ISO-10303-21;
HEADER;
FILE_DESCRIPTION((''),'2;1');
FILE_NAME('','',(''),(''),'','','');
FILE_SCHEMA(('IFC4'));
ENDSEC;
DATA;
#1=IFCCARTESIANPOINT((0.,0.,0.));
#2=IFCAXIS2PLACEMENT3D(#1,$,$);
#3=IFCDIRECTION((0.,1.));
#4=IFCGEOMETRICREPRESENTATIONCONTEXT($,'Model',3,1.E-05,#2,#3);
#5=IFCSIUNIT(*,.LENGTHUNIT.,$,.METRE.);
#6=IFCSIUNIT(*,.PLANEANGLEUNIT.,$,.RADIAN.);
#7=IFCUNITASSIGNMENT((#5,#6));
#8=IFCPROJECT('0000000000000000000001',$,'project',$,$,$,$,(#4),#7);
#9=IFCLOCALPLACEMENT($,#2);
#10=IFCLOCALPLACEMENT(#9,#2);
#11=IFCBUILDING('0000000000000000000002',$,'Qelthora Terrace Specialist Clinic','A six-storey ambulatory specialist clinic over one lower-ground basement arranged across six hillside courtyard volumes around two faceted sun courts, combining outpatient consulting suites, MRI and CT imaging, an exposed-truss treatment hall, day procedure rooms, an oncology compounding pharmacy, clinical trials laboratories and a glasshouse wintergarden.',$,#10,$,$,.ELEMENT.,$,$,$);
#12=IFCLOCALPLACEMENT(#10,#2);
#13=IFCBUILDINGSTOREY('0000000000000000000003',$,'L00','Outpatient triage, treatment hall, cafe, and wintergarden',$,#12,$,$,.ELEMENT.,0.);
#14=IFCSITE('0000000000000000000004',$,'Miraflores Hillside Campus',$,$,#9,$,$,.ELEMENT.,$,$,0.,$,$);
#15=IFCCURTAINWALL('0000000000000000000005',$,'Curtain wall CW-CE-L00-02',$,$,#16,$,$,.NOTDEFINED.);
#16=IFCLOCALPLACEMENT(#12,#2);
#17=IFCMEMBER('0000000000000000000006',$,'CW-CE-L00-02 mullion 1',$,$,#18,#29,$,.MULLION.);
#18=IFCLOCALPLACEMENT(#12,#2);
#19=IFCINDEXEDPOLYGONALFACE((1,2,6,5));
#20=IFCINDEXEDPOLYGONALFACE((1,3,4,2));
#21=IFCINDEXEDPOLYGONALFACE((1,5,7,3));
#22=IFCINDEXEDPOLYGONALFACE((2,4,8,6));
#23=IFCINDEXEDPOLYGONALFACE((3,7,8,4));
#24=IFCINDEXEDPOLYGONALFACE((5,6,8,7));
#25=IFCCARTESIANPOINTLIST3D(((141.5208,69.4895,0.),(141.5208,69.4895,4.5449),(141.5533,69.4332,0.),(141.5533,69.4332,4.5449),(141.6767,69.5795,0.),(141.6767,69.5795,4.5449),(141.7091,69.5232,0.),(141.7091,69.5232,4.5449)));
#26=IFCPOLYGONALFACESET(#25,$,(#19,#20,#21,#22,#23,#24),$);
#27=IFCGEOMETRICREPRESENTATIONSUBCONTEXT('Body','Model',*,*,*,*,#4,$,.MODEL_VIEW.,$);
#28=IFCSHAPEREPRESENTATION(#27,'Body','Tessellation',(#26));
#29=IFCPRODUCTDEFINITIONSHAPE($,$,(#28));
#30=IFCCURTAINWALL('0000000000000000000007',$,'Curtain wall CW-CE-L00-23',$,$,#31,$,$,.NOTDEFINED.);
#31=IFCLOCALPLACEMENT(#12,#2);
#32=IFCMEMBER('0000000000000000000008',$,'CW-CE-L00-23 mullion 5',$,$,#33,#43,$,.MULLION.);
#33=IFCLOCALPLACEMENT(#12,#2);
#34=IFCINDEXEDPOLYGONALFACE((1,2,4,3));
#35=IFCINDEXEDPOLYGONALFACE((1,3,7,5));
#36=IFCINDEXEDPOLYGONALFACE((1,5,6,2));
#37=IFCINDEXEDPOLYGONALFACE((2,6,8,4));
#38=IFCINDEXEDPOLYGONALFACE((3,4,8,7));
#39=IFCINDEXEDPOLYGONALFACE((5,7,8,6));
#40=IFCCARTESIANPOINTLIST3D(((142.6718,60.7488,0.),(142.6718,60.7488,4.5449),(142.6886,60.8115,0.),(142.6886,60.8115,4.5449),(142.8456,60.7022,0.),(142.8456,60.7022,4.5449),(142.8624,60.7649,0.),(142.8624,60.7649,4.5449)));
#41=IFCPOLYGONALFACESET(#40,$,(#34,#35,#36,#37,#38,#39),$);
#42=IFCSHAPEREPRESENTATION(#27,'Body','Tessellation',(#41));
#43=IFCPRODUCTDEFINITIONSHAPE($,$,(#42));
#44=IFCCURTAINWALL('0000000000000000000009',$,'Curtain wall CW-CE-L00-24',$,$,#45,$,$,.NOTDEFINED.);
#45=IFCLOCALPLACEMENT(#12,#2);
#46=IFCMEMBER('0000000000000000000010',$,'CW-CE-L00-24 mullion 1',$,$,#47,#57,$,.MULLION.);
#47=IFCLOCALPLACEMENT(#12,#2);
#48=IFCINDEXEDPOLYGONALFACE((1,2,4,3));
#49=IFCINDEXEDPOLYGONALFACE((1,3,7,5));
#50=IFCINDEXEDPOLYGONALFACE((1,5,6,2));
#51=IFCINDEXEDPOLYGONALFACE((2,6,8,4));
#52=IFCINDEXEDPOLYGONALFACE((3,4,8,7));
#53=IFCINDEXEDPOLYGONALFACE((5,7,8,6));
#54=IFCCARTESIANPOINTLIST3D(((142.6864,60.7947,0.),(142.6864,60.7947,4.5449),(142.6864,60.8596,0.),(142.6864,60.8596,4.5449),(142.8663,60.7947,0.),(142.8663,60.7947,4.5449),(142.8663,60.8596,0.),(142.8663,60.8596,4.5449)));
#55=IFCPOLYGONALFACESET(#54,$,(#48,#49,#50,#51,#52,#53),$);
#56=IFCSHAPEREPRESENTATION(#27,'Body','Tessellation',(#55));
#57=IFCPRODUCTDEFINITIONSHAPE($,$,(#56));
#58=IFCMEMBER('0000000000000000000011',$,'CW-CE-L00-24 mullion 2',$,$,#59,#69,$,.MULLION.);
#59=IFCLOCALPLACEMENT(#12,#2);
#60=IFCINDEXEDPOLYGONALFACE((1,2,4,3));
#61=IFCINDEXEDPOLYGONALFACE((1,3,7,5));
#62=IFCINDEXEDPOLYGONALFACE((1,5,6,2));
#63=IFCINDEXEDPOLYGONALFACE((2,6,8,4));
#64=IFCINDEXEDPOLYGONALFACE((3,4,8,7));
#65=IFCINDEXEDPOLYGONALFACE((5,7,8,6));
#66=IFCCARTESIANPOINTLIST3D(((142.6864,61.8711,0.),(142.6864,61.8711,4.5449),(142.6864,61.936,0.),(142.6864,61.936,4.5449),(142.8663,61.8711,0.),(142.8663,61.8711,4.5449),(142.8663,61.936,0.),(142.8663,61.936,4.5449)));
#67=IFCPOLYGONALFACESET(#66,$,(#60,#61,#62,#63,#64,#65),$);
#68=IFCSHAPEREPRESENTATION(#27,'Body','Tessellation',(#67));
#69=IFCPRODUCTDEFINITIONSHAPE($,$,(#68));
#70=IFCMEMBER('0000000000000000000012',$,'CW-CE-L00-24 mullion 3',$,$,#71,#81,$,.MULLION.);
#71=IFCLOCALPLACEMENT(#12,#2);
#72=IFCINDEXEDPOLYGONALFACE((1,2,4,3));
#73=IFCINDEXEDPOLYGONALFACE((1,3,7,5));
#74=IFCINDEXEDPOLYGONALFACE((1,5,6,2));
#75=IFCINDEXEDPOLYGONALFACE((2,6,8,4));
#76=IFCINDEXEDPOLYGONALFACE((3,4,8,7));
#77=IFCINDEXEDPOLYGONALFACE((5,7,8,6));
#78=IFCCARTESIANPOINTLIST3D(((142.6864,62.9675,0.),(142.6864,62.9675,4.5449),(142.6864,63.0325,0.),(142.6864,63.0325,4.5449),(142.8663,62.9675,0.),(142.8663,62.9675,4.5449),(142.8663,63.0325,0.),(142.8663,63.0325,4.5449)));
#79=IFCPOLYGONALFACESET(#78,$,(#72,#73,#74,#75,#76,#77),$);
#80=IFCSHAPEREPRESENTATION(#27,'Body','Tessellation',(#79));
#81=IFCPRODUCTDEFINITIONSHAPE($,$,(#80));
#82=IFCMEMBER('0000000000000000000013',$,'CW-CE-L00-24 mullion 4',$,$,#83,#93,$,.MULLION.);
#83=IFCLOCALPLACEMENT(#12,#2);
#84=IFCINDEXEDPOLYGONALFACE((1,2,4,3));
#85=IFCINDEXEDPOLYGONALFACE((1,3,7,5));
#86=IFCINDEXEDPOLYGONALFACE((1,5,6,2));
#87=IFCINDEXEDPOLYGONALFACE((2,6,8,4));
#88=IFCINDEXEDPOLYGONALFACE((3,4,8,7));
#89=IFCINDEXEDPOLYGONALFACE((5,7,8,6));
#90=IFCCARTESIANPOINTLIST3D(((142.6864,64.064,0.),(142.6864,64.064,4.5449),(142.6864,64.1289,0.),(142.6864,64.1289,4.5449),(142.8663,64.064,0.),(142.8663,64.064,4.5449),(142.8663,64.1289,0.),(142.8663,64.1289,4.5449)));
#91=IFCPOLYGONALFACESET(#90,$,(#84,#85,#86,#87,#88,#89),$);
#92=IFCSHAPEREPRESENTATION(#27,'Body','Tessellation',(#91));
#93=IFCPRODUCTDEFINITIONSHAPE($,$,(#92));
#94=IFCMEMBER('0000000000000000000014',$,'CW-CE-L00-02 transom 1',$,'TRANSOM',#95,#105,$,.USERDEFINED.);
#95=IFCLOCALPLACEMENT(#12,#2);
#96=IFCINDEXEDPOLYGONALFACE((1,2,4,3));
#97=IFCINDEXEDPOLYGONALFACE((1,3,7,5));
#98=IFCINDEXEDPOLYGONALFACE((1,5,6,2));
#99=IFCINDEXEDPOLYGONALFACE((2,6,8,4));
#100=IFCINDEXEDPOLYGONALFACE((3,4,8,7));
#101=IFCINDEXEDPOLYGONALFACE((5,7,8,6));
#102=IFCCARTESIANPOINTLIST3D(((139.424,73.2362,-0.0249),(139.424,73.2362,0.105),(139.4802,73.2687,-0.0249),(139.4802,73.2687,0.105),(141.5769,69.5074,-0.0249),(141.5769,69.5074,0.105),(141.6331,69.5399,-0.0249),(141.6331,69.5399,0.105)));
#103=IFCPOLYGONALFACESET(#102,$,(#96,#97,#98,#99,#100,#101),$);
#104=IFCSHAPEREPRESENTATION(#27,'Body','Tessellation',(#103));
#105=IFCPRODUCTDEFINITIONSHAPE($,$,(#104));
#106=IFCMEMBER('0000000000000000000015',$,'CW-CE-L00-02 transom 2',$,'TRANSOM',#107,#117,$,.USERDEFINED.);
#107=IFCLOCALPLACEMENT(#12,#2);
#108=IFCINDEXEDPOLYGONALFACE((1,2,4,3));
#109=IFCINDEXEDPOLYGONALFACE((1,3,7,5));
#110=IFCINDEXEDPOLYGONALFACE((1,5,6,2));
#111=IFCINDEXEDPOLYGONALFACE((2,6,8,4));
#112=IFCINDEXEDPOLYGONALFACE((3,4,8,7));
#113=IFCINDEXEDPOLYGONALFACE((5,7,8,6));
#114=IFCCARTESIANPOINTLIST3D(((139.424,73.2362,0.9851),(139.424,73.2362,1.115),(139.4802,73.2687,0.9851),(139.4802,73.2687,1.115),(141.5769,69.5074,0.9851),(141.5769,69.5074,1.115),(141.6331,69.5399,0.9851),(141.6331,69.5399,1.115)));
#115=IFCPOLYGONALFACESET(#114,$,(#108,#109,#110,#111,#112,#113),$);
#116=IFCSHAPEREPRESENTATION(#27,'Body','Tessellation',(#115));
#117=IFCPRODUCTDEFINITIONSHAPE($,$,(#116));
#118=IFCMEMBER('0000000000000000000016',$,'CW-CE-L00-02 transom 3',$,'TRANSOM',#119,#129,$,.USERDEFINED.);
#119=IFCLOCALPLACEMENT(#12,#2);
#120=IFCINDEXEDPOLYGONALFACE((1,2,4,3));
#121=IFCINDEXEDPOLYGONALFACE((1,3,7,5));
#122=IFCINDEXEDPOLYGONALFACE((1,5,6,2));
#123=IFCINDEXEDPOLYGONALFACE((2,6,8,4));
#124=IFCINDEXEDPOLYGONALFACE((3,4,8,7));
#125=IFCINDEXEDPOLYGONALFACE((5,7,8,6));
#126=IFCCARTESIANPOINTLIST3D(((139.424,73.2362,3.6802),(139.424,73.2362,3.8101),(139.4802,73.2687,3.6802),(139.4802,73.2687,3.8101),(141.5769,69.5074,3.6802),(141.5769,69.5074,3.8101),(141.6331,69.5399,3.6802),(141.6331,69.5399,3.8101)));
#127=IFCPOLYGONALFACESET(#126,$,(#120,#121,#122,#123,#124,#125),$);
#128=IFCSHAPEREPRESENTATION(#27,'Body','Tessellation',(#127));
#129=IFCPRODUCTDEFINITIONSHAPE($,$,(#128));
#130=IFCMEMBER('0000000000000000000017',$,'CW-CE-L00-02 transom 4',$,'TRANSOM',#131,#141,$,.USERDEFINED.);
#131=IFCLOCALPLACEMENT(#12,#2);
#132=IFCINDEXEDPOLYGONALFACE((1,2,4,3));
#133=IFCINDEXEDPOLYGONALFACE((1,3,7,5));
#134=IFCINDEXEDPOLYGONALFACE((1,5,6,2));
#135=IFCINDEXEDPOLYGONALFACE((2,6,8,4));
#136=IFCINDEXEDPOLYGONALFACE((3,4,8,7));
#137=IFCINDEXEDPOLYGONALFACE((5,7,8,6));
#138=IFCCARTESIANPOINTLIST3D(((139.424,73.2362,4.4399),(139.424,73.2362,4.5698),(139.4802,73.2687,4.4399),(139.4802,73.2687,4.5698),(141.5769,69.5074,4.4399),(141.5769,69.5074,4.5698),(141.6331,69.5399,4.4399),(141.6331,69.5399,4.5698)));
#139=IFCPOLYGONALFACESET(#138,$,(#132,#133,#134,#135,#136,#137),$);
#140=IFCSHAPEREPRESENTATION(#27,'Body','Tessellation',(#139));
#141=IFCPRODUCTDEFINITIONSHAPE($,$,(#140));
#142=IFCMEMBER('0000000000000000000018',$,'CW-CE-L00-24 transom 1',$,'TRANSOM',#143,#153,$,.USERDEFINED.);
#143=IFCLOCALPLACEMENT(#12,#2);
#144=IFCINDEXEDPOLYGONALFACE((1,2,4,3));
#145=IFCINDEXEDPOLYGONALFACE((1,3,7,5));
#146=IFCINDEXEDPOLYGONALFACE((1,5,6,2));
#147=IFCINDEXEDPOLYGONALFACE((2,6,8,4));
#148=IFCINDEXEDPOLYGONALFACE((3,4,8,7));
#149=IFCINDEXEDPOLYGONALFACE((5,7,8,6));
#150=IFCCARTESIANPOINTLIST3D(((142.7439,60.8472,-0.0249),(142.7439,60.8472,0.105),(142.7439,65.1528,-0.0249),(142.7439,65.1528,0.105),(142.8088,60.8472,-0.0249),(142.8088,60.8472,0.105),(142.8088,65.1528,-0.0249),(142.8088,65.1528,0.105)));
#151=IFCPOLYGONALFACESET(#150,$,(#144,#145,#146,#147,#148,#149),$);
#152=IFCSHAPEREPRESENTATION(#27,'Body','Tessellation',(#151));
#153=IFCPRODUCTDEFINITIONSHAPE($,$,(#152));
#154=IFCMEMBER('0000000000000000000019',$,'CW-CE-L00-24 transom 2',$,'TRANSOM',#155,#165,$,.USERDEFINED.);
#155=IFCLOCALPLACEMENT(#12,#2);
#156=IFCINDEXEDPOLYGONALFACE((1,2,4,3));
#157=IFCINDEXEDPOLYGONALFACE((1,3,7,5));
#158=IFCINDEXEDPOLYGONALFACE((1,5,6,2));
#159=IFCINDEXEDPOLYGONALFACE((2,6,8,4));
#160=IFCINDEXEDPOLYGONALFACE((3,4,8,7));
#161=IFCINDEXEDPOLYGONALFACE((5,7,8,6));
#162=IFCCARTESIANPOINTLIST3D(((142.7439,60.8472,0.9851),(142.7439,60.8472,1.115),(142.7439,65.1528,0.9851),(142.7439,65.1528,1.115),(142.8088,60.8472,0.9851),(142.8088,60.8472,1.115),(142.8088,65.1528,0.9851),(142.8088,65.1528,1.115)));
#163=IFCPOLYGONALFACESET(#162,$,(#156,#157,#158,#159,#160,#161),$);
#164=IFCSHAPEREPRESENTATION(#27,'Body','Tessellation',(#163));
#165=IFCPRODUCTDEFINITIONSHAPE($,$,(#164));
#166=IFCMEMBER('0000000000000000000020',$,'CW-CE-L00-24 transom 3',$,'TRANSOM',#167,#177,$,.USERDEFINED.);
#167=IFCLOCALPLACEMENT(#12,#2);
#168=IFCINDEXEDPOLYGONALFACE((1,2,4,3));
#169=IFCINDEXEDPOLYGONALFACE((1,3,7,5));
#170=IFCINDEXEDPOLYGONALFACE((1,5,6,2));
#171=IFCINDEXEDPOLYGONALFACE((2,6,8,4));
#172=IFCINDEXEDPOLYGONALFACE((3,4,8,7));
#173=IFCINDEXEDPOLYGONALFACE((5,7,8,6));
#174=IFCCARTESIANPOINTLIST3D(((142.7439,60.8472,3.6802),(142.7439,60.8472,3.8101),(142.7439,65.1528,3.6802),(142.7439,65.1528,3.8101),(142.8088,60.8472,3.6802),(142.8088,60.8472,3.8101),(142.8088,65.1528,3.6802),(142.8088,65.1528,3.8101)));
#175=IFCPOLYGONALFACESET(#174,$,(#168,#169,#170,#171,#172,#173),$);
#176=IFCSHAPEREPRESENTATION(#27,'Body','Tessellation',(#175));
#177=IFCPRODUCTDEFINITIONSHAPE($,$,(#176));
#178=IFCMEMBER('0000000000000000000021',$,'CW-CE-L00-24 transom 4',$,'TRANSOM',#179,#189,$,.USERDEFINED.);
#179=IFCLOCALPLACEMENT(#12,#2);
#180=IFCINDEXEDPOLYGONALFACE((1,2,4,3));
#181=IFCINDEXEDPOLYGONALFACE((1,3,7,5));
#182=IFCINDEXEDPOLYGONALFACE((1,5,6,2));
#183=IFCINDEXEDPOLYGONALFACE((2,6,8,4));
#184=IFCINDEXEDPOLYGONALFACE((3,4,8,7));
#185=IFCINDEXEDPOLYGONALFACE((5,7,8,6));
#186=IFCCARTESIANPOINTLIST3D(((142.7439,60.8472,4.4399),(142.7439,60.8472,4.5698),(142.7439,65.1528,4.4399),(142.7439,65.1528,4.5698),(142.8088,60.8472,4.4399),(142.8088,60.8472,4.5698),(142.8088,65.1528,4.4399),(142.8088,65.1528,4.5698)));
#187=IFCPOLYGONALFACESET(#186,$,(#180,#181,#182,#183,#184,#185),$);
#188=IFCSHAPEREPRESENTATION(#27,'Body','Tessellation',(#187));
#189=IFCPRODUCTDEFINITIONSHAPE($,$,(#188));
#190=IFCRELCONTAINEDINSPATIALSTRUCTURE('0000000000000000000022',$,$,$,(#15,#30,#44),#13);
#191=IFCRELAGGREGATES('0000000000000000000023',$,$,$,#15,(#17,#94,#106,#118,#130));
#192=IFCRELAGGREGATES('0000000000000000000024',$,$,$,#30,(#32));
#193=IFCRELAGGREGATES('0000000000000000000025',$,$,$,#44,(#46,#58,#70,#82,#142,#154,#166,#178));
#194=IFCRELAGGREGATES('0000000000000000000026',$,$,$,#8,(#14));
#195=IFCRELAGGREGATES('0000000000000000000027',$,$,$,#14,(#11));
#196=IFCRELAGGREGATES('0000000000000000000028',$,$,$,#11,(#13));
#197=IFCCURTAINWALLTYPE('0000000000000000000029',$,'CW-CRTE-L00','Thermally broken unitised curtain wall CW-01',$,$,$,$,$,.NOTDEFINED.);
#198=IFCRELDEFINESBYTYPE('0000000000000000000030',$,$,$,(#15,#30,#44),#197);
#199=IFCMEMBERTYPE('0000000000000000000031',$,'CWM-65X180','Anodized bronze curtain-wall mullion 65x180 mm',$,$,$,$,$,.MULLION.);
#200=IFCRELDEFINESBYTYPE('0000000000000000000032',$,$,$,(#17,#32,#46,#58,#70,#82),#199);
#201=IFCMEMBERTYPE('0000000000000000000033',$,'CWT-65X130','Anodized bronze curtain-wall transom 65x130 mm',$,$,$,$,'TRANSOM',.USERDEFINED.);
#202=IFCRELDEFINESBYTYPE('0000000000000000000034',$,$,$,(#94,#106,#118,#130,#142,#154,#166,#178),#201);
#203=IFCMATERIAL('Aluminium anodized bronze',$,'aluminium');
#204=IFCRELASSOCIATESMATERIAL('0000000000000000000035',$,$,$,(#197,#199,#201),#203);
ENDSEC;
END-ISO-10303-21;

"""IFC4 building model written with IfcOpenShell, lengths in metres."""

from ifc_helpers import new_model, si_unit, direction, frame, origin, origin_2d, place, context, subcontext, project, spatial, rectangle, extrude, material, material_profile, profile_set, type_object, element, aggregate, save


model = new_model("IFC4")

# Units and contexts
model_context = context("Model", 3, precision=1e-05, world=origin(), true_north=direction((0.0, 1.0)))
body_context = subcontext(model_context, "Body", "Model", "MODEL_VIEW")
ifc_project = project(units=[si_unit("LENGTHUNIT", "METRE"), si_unit("PLANEANGLEUNIT", "RADIAN")], contexts=[model_context])

# Site, building, storey
site_placement = place(None, origin())
site = spatial("IfcSite", under=ifc_project, at=site_placement, Name="Miraflores Hillside Campus", CompositionType="ELEMENT", RefElevation=0.0)
building_placement = place(site_placement, origin())
building = spatial("IfcBuilding", under=site, at=building_placement, Name="Qelthora Terrace Specialist Clinic", Description="A six-storey ambulatory specialist clinic over one lower-ground basement arranged across six hillside courtyard volumes around two faceted sun courts, combining outpatient consulting suites, MRI and CT imaging, an exposed-truss treatment hall, day procedure rooms, an oncology compounding pharmacy, clinical trials laboratories and a glasshouse wintergarden.", CompositionType="ELEMENT")
storey_placement = place(building_placement, origin())
storey = spatial("IfcBuildingStorey", under=building, at=storey_placement, Name="L00", Description="Outpatient triage, treatment hall, cafe, and wintergarden", CompositionType="ELEMENT", Elevation=0.0)

# Curtain walls, members
ifc_material_1 = material(Name="Aluminium anodized bronze", Category="aluminium")
curtain_wall_type = type_object("IfcCurtainWallType", Name="CW-CRTE-L00", Description="Thermally broken unitised curtain wall CW-01", PredefinedType="NOTDEFINED", material=ifc_material_1)
curtain_wall_1_placement = place(storey_placement, origin())
curtain_wall_1 = element("IfcCurtainWall", 1, at=curtain_wall_1_placement, inside=storey, type_object=curtain_wall_type, Name="Curtain wall CW-CE-L00-02", PredefinedType="NOTDEFINED")
ifc_material_profile_1 = material_profile(ifc_material_1, rectangle(XDim=0.0649, YDim=0.1799, at=origin_2d()), Name="CWM65X180")
ifc_profile_set_1 = profile_set([ifc_material_profile_1], Name="Aluminium anodized bronze")
member_type_1 = type_object("IfcMemberType", Name="CWM-65X180", Description="Anodized bronze curtain-wall mullion 65x180 mm", PredefinedType="MULLION", material=ifc_profile_set_1)
member_1_placement = place(storey_placement, frame((141.615, 69.5063, 0.0), z_axis=(0.0, 0.0, 1.0), x_axis=(-0.5, 0.866025, 0.0)))
member_1 = element("IfcMember", 2, at=member_1_placement, type_object=member_type_1, Name="CW-CE-L00-02 mullion 1", PredefinedType="MULLION", context=body_context, shape_type="SweptSolid", body=[
    extrude(rectangle(XDim=0.0649, YDim=0.1799, at=origin_2d()), origin(), (0.0, 0.0, 1.0), 4.5449),
])
curtain_wall_2_placement = place(storey_placement, origin())
curtain_wall_2 = element("IfcCurtainWall", 3, at=curtain_wall_2_placement, inside=storey, type_object=curtain_wall_type, Name="Curtain wall CW-CE-L00-23", PredefinedType="NOTDEFINED")
member_2_placement = place(storey_placement, frame((142.7671, 60.7568, 0.0), z_axis=(0.0, 0.0, 1.0), x_axis=(0.25882, 0.965926, 0.0)))
member_2 = element("IfcMember", 4, at=member_2_placement, type_object=member_type_1, Name="CW-CE-L00-23 mullion 5", PredefinedType="MULLION", context=body_context, shape_type="SweptSolid", body=[
    extrude(rectangle(XDim=0.0649, YDim=0.1799, at=origin_2d()), origin(), (0.0, 0.0, 1.0), 4.5449),
])

# Curtain wall, members
curtain_wall_3_placement = place(storey_placement, origin())
curtain_wall_3 = element("IfcCurtainWall", 5, at=curtain_wall_3_placement, inside=storey, type_object=curtain_wall_type, Name="Curtain wall CW-CE-L00-24", PredefinedType="NOTDEFINED")
member_3_placement = place(storey_placement, frame((142.7764, 60.8271, 0.0), z_axis=(0.0, 0.0, 1.0), x_axis=(0.0, 1.0, 0.0)))
member_3 = element("IfcMember", 6, at=member_3_placement, type_object=member_type_1, Name="CW-CE-L00-24 mullion 1", PredefinedType="MULLION", context=body_context, shape_type="SweptSolid", body=[
    extrude(rectangle(XDim=0.0649, YDim=0.1799, at=origin_2d()), origin(), (0.0, 0.0, 1.0), 4.5449),
])
member_4_placement = place(storey_placement, frame((142.7764, 61.9036, 0.0), z_axis=(0.0, 0.0, 1.0), x_axis=(0.0, 1.0, 0.0)))
member_4 = element("IfcMember", 7, at=member_4_placement, type_object=member_type_1, Name="CW-CE-L00-24 mullion 2", PredefinedType="MULLION", context=body_context, shape_type="SweptSolid", body=[
    extrude(rectangle(XDim=0.0649, YDim=0.1799, at=origin_2d()), origin(), (0.0, 0.0, 1.0), 4.5449),
])
member_5_placement = place(storey_placement, frame((142.7764, 63.0, 0.0), z_axis=(0.0, 0.0, 1.0), x_axis=(0.0, 1.0, 0.0)))
member_5 = element("IfcMember", 8, at=member_5_placement, type_object=member_type_1, Name="CW-CE-L00-24 mullion 3", PredefinedType="MULLION", context=body_context, shape_type="SweptSolid", body=[
    extrude(rectangle(XDim=0.0649, YDim=0.1799, at=origin_2d()), origin(), (0.0, 0.0, 1.0), 4.5449),
])
member_6_placement = place(storey_placement, frame((142.7764, 64.0964, 0.0), z_axis=(0.0, 0.0, 1.0), x_axis=(0.0, 1.0, 0.0)))
member_6 = element("IfcMember", 9, at=member_6_placement, type_object=member_type_1, Name="CW-CE-L00-24 mullion 4", PredefinedType="MULLION", context=body_context, shape_type="SweptSolid", body=[
    extrude(rectangle(XDim=0.0649, YDim=0.1799, at=origin_2d()), origin(), (0.0, 0.0, 1.0), 4.5449),
])

# Members
ifc_material_profile_2 = material_profile(ifc_material_1, rectangle(XDim=0.0649, YDim=0.1299, at=origin_2d()), Name="CWT65X130")
ifc_profile_set_2 = profile_set([ifc_material_profile_2], Name="Aluminium anodized bronze")
member_type_2 = type_object("IfcMemberType", Name="CWT-65X130", Description="Anodized bronze curtain-wall transom 65x130 mm", ElementType="TRANSOM", PredefinedType="USERDEFINED", material=ifc_profile_set_2)
member_7_placement = place(storey_placement, frame((141.605, 69.5237, 0.04), z_axis=(-0.500006, 0.866022, 0.0), x_axis=(-0.866022, -0.500006, 0.0)))
member_7 = element("IfcMember", 10, at=member_7_placement, type_object=member_type_2, Name="CW-CE-L00-02 transom 1", ObjectType="TRANSOM", PredefinedType="USERDEFINED", context=body_context, shape_type="SweptSolid", body=[
    extrude(rectangle(XDim=0.0649, YDim=0.1299, at=origin_2d()), origin(), (0.0, 0.0, 1.0), 4.3057),
])
member_8_placement = place(storey_placement, frame((141.605, 69.5237, 1.05), z_axis=(-0.500006, 0.866022, 0.0), x_axis=(-0.866022, -0.500006, 0.0)))
member_8 = element("IfcMember", 11, at=member_8_placement, type_object=member_type_2, Name="CW-CE-L00-02 transom 2", ObjectType="TRANSOM", PredefinedType="USERDEFINED", context=body_context, shape_type="SweptSolid", body=[
    extrude(rectangle(XDim=0.0649, YDim=0.1299, at=origin_2d()), origin(), (0.0, 0.0, 1.0), 4.3057),
])
member_9_placement = place(storey_placement, frame((141.605, 69.5237, 3.7451), z_axis=(-0.500006, 0.866022, 0.0), x_axis=(-0.866022, -0.500006, 0.0)))
member_9 = element("IfcMember", 12, at=member_9_placement, type_object=member_type_2, Name="CW-CE-L00-02 transom 3", ObjectType="TRANSOM", PredefinedType="USERDEFINED", context=body_context, shape_type="SweptSolid", body=[
    extrude(rectangle(XDim=0.0649, YDim=0.1299, at=origin_2d()), origin(), (0.0, 0.0, 1.0), 4.3057),
])
member_10_placement = place(storey_placement, frame((141.605, 69.5237, 4.5049), z_axis=(-0.500006, 0.866022, 0.0), x_axis=(-0.866022, -0.500006, 0.0)))
member_10 = element("IfcMember", 13, at=member_10_placement, type_object=member_type_2, Name="CW-CE-L00-02 transom 4", ObjectType="TRANSOM", PredefinedType="USERDEFINED", context=body_context, shape_type="SweptSolid", body=[
    extrude(rectangle(XDim=0.0649, YDim=0.1299, at=origin_2d()), origin(), (0.0, 0.0, 1.0), 4.3057),
])
aggregate(curtain_wall_1, [member_1, member_7, member_8, member_9, member_10])
member_11_placement = place(storey_placement, frame((142.7764, 60.8472, 0.04), z_axis=(0.0, 1.0, 0.0), x_axis=(-1.0, 0.0, 0.0)))
member_11 = element("IfcMember", 14, at=member_11_placement, type_object=member_type_2, Name="CW-CE-L00-24 transom 1", ObjectType="TRANSOM", PredefinedType="USERDEFINED", context=body_context, shape_type="SweptSolid", body=[
    extrude(rectangle(XDim=0.0649, YDim=0.1299, at=origin_2d()), origin(), (0.0, 0.0, 1.0), 4.3057),
])
member_12_placement = place(storey_placement, frame((142.7764, 60.8472, 1.05), z_axis=(0.0, 1.0, 0.0), x_axis=(-1.0, 0.0, 0.0)))
member_12 = element("IfcMember", 15, at=member_12_placement, type_object=member_type_2, Name="CW-CE-L00-24 transom 2", ObjectType="TRANSOM", PredefinedType="USERDEFINED", context=body_context, shape_type="SweptSolid", body=[
    extrude(rectangle(XDim=0.0649, YDim=0.1299, at=origin_2d()), origin(), (0.0, 0.0, 1.0), 4.3057),
])
member_13_placement = place(storey_placement, frame((142.7764, 60.8472, 3.7451), z_axis=(0.0, 1.0, 0.0), x_axis=(-1.0, 0.0, 0.0)))
member_13 = element("IfcMember", 16, at=member_13_placement, type_object=member_type_2, Name="CW-CE-L00-24 transom 3", ObjectType="TRANSOM", PredefinedType="USERDEFINED", context=body_context, shape_type="SweptSolid", body=[
    extrude(rectangle(XDim=0.0649, YDim=0.1299, at=origin_2d()), origin(), (0.0, 0.0, 1.0), 4.3057),
])
member_14_placement = place(storey_placement, frame((142.7764, 60.8472, 4.5049), z_axis=(0.0, 1.0, 0.0), x_axis=(-1.0, 0.0, 0.0)))
member_14 = element("IfcMember", 17, at=member_14_placement, type_object=member_type_2, Name="CW-CE-L00-24 transom 4", ObjectType="TRANSOM", PredefinedType="USERDEFINED", context=body_context, shape_type="SweptSolid", body=[
    extrude(rectangle(XDim=0.0649, YDim=0.1299, at=origin_2d()), origin(), (0.0, 0.0, 1.0), 4.3057),
])

aggregate(curtain_wall_2, [member_2])
aggregate(curtain_wall_3, [member_3, member_4, member_5, member_6, member_11, member_12, member_13, member_14])

save(model, "model.ifc")
